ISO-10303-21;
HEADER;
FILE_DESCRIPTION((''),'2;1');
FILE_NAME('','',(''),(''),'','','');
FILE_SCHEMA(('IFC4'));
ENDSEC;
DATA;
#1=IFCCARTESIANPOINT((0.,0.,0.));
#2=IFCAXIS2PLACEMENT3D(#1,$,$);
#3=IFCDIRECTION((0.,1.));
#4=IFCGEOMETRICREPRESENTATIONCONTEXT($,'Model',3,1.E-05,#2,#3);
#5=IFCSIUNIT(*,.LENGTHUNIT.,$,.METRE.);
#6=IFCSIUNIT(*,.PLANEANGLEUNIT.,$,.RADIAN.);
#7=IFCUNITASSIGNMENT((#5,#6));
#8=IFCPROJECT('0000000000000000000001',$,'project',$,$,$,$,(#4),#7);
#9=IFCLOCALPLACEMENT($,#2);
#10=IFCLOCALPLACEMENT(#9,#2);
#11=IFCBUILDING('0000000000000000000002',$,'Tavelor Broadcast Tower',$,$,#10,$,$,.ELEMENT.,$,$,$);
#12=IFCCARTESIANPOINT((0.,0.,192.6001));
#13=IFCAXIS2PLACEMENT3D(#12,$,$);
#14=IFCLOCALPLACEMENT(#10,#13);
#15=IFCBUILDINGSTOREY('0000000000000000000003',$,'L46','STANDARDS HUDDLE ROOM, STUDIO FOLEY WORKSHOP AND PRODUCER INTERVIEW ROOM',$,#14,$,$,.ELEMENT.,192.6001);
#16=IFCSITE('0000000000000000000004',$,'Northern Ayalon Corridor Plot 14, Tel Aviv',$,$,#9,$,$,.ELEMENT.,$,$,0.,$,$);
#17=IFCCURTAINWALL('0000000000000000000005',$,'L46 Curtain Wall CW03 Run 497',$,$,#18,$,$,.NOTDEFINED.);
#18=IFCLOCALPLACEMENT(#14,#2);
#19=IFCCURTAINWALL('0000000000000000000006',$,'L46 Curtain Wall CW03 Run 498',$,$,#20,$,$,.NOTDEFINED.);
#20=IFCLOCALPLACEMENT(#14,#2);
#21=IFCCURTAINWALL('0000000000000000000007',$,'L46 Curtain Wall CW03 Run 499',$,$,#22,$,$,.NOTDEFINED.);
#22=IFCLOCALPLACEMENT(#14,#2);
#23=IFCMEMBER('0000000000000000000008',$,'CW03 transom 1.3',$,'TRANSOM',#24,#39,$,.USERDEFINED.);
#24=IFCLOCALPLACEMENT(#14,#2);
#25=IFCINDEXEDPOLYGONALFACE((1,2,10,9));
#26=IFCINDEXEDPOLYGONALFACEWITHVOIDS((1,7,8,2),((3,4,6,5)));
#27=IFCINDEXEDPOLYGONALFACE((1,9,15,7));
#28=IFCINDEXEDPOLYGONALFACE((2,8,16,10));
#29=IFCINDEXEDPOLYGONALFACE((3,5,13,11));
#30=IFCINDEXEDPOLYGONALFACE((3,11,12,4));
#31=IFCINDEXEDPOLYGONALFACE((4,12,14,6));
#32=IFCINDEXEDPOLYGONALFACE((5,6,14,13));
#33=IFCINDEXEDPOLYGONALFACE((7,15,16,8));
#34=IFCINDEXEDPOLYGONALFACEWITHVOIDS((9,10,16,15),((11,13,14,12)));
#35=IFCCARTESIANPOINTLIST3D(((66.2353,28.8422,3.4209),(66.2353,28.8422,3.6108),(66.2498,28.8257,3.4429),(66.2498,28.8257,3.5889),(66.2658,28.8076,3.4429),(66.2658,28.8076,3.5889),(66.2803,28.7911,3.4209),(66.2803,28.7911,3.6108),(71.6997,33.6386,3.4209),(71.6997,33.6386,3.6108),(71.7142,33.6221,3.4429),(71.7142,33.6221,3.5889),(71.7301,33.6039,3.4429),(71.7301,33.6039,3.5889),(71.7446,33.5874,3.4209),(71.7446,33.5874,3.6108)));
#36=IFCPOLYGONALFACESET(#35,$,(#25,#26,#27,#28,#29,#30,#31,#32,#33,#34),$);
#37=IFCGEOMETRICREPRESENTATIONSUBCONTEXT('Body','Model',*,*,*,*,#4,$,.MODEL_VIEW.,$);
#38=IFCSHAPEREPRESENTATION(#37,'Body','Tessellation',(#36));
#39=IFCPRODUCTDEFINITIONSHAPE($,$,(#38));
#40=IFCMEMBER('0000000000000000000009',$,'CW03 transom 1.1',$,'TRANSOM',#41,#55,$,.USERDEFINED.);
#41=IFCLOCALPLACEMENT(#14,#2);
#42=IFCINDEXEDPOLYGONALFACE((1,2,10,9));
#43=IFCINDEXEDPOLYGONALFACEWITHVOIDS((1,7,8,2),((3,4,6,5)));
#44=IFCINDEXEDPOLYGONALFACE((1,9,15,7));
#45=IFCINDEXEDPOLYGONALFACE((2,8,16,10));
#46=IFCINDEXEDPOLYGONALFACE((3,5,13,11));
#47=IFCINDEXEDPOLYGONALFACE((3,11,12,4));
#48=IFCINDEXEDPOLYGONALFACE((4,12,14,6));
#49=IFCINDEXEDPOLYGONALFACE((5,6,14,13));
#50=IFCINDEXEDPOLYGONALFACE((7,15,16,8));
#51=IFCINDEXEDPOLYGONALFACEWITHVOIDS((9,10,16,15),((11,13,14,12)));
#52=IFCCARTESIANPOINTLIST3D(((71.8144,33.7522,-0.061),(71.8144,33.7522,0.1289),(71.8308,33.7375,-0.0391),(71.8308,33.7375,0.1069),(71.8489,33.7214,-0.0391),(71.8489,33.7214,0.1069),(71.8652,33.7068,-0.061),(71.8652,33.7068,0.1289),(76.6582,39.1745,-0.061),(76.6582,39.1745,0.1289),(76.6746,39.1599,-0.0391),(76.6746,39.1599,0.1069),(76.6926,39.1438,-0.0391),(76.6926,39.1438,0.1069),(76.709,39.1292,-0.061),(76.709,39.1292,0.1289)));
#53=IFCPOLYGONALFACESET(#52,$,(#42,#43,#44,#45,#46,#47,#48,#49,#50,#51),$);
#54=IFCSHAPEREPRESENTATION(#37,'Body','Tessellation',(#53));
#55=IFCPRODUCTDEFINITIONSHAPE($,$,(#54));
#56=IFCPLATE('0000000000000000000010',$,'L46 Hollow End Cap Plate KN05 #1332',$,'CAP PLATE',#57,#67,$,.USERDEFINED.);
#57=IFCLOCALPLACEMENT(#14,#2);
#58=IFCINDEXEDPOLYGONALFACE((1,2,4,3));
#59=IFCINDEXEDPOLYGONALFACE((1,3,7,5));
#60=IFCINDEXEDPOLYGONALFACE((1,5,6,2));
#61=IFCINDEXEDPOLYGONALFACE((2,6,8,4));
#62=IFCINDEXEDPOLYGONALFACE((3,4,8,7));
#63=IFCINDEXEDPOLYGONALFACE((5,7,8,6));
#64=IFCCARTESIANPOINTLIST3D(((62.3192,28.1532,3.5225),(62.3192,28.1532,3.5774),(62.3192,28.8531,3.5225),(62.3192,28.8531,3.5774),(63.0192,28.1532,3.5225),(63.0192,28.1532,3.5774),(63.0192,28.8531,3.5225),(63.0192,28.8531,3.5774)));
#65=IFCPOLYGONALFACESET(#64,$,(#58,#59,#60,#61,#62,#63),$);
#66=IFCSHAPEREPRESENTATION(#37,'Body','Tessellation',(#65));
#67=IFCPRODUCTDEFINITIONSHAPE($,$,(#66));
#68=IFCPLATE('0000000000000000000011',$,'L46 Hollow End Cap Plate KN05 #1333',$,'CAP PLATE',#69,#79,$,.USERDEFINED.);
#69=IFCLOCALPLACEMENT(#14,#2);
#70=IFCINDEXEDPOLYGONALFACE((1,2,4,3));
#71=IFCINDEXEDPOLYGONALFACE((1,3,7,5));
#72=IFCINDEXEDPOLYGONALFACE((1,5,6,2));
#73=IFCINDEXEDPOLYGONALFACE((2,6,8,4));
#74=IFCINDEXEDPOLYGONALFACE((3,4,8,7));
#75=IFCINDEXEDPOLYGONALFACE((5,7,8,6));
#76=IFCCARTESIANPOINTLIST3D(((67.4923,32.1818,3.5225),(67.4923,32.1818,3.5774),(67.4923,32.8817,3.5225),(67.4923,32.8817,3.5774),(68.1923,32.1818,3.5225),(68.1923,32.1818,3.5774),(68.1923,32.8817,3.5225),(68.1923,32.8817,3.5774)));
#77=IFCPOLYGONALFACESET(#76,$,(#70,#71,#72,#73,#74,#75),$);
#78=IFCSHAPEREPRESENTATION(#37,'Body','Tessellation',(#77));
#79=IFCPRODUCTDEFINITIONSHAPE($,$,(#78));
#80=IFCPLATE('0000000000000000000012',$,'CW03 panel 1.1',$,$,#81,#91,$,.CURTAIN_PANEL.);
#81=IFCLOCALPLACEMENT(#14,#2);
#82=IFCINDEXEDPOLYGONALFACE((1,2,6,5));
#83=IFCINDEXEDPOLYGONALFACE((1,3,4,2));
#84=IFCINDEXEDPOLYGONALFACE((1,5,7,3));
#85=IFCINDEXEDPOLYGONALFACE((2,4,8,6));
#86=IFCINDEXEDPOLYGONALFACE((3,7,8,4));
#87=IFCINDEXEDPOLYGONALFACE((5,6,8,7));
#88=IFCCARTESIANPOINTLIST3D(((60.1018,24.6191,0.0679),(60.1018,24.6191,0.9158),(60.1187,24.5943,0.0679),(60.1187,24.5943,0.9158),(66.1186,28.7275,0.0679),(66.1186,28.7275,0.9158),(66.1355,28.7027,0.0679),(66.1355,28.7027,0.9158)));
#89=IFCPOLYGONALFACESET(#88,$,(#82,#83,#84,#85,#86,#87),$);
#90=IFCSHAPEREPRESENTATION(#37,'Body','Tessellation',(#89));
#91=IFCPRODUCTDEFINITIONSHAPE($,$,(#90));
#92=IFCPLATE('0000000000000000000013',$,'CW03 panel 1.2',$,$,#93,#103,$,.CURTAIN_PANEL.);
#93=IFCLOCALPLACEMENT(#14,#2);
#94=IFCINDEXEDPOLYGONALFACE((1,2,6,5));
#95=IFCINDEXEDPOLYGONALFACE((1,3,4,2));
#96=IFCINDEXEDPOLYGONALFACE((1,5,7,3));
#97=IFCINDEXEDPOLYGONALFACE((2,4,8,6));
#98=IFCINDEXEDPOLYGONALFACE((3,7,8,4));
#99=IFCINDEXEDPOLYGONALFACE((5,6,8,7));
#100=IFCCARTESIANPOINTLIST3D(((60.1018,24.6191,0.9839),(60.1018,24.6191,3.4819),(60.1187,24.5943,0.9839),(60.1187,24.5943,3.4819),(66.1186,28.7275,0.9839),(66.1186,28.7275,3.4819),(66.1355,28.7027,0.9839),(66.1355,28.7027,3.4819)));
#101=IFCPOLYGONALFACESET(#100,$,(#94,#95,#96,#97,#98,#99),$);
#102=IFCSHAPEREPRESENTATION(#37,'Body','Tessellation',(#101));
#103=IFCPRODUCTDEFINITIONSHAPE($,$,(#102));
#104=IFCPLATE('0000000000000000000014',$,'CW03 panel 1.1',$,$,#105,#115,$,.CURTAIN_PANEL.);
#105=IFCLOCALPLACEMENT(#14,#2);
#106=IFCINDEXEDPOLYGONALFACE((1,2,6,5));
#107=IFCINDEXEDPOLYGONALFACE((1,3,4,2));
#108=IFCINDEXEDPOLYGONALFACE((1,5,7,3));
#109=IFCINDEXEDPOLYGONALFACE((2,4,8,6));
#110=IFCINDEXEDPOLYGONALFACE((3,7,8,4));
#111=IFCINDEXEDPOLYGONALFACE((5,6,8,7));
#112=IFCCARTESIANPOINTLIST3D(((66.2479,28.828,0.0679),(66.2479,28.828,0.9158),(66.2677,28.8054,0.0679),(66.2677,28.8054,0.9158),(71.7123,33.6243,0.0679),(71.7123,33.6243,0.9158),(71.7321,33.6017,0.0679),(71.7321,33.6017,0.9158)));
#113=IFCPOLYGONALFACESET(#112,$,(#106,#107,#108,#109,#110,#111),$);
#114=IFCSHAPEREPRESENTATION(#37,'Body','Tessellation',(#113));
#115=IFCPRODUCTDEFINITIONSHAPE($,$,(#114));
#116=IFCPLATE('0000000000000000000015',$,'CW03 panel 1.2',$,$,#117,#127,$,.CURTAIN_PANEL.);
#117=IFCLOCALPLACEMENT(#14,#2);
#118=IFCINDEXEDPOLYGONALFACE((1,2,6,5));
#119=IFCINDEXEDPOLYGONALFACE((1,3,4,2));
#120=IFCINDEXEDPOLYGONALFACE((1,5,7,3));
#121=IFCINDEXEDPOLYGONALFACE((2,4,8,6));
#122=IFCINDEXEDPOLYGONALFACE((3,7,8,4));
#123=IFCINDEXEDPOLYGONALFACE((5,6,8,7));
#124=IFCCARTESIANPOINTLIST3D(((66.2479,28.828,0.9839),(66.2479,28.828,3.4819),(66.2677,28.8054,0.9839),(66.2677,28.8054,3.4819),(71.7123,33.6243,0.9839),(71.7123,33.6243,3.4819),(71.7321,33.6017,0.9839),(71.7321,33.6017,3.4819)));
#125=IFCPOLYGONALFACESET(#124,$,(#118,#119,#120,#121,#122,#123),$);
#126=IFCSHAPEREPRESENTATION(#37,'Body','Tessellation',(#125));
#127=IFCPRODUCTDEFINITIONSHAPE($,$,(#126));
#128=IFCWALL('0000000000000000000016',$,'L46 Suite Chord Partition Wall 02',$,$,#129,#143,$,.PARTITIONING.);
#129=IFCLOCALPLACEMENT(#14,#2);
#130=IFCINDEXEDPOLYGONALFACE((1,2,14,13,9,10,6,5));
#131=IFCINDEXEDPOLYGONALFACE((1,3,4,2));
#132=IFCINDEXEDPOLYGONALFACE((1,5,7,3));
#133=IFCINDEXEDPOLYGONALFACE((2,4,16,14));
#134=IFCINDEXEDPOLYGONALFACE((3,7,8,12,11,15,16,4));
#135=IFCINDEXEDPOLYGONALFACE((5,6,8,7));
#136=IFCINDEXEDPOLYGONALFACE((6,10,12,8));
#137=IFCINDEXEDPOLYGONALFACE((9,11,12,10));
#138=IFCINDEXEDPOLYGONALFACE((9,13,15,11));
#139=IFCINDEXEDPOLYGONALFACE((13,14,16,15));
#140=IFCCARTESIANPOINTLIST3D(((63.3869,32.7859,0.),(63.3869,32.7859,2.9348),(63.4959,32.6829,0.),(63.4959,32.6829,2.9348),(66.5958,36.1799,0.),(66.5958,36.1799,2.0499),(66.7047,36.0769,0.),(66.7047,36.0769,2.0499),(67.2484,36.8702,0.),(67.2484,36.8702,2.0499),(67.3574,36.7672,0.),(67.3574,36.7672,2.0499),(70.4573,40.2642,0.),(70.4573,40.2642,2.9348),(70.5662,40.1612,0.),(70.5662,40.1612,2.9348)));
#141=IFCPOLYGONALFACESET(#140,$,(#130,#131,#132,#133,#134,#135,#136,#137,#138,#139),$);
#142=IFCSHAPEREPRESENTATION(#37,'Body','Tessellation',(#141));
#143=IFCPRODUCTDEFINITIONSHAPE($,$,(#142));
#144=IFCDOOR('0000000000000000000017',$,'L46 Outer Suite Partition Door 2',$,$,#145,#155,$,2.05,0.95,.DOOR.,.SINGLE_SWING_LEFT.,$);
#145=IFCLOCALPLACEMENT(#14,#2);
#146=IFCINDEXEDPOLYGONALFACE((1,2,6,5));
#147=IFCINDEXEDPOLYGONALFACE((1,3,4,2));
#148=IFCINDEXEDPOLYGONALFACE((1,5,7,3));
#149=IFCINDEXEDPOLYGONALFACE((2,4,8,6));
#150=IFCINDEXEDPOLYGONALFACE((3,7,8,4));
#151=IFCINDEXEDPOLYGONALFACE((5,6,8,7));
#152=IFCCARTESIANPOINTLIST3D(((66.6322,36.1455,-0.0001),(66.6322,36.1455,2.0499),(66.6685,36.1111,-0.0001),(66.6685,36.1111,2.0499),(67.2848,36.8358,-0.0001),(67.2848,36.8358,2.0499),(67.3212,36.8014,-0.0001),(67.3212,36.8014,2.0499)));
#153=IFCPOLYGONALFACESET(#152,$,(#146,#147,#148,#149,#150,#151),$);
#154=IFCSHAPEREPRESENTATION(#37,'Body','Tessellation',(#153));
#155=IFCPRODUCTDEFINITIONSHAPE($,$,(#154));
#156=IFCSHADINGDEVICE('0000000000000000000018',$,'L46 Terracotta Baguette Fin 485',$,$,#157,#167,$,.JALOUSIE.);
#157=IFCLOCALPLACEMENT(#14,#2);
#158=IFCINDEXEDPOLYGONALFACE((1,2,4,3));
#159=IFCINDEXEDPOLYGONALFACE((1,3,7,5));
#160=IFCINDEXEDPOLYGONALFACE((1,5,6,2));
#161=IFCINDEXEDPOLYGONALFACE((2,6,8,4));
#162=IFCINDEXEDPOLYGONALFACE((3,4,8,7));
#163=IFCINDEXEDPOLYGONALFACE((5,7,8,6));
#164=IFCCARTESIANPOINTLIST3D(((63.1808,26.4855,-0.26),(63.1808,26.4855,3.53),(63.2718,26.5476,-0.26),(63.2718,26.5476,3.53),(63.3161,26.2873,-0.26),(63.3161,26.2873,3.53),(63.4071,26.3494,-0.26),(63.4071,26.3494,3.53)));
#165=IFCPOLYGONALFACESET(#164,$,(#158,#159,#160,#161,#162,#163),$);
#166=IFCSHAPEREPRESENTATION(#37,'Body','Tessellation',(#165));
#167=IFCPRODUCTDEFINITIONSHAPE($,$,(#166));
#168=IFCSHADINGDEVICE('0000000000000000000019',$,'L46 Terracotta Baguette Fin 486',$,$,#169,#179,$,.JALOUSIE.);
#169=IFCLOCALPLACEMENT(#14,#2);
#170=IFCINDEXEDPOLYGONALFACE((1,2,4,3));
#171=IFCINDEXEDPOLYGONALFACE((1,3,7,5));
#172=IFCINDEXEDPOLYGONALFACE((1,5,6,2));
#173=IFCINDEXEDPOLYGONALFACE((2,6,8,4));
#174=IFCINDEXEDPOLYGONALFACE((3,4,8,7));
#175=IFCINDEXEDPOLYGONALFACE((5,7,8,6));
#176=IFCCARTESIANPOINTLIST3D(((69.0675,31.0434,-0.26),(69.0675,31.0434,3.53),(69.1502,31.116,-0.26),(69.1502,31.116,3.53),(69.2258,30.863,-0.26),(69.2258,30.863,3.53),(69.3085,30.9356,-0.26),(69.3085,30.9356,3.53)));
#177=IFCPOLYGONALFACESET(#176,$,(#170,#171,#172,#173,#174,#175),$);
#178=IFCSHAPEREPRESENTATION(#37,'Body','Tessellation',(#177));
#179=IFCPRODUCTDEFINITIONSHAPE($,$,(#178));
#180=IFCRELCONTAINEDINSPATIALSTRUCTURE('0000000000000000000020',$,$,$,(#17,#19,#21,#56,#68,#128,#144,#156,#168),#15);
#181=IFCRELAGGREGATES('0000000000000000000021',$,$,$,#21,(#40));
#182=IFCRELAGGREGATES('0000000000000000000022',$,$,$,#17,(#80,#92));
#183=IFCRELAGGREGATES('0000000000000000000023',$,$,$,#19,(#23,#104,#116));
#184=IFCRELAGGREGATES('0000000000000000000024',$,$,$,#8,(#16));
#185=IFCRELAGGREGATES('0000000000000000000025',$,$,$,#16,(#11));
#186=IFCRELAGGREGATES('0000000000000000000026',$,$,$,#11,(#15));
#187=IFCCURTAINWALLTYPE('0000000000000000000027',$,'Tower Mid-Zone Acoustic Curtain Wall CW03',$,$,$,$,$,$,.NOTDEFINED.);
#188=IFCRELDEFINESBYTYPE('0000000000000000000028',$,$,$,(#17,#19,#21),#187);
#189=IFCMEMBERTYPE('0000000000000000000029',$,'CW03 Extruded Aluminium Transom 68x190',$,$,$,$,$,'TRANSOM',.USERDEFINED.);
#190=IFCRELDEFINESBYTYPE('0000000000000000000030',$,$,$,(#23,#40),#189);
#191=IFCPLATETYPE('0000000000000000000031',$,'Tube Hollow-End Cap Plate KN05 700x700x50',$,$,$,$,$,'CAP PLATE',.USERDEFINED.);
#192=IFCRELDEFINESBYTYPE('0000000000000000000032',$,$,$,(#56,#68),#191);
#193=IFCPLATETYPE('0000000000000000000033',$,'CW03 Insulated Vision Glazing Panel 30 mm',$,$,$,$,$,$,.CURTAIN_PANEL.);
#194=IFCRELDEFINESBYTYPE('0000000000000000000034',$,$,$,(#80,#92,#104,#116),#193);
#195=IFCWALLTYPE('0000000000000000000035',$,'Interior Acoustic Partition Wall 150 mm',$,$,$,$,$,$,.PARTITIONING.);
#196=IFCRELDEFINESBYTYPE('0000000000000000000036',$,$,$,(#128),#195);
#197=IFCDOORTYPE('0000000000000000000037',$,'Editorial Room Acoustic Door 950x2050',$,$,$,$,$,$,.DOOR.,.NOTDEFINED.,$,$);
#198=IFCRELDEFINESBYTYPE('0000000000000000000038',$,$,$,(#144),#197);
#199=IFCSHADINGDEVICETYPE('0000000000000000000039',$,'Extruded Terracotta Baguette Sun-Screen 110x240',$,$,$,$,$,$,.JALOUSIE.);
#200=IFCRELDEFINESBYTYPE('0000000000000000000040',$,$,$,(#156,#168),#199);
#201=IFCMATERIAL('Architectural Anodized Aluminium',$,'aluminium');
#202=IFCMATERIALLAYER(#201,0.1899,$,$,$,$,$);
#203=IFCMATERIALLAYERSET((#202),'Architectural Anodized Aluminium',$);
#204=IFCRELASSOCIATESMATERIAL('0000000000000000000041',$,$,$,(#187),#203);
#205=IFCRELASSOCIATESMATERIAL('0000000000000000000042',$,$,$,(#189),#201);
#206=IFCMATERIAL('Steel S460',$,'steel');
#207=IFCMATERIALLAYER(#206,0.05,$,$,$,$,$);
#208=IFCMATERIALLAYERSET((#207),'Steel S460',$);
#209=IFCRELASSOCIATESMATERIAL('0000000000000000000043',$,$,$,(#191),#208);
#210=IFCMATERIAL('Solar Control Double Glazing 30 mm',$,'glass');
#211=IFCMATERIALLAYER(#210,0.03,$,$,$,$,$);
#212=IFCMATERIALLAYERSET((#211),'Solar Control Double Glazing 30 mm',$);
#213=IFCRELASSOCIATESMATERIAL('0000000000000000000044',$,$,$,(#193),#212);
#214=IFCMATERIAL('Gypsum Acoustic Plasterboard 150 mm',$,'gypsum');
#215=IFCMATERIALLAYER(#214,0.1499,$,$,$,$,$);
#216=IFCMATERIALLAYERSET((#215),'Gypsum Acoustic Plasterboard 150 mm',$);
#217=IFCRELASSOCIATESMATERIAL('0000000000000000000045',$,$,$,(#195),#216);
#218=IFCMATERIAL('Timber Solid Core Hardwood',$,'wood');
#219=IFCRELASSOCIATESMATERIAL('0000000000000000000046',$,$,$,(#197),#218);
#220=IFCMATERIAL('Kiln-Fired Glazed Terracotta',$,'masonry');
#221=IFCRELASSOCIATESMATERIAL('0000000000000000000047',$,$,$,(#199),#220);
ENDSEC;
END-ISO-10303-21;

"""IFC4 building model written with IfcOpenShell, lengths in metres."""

from ifc_helpers import new_model, si_unit, direction, frame, frame_2d, origin, origin_2d, place, context, subcontext, project, spatial, rectangle, hollow_rectangle, extrude, source, transform, mapped, material, layer, layer_set, material_profile, profile_set, type_object, type_shapes, element, fill, aggregate, save


model = new_model("IFC4")

# Units and contexts
model_context = context("Model", 3, precision=1e-05, world=origin(), true_north=direction((0.0, 1.0)))
body_context = subcontext(model_context, "Body", "Model", "MODEL_VIEW")
ifc_project = project(units=[si_unit("LENGTHUNIT", "METRE"), si_unit("PLANEANGLEUNIT", "RADIAN")], contexts=[model_context])

# Site, building, storey
site_placement = place(None, origin())
site = spatial("IfcSite", under=ifc_project, at=site_placement, Name="Northern Ayalon Corridor Plot 14, Tel Aviv", CompositionType="ELEMENT", RefElevation=0.0)
building_placement = place(site_placement, origin())
building = spatial("IfcBuilding", under=site, at=building_placement, Name="Tavelor Broadcast Tower", CompositionType="ELEMENT")
storey_placement = place(building_placement, frame((0.0, 0.0, 192.6001)))
storey = spatial("IfcBuildingStorey", under=building, at=storey_placement, Name="L46", Description="STANDARDS HUDDLE ROOM, STUDIO FOLEY WORKSHOP AND PRODUCER INTERVIEW ROOM", CompositionType="ELEMENT", Elevation=192.6001)

# Shared definitions
ifc_material_1 = material(Name="Steel S460", Category="steel")

# Curtain wall
ifc_material_2 = material(Name="Architectural Anodized Aluminium", Category="aluminium")
ifc_layer_1 = layer(ifc_material_2, 0.1899)
ifc_layer_set_1 = layer_set([ifc_layer_1], Name="Architectural Anodized Aluminium")
curtain_wall_type = type_object("IfcCurtainWallType", Name="Tower Mid-Zone Acoustic Curtain Wall CW03", PredefinedType="NOTDEFINED", material=ifc_layer_set_1)
curtain_wall_1_placement = place(storey_placement, origin())
curtain_wall_1 = element("IfcCurtainWall", 1, at=curtain_wall_1_placement, inside=storey, type_object=curtain_wall_type, Name="L46 Curtain Wall CW03 Run 497", PredefinedType="NOTDEFINED")

# Curtain wall
curtain_wall_2_placement = place(storey_placement, origin())
curtain_wall_2 = element("IfcCurtainWall", 2, at=curtain_wall_2_placement, inside=storey, type_object=curtain_wall_type, Name="L46 Curtain Wall CW03 Run 498", PredefinedType="NOTDEFINED")

# Curtain wall
curtain_wall_3_placement = place(storey_placement, origin())
curtain_wall_3 = element("IfcCurtainWall", 3, at=curtain_wall_3_placement, inside=storey, type_object=curtain_wall_type, Name="L46 Curtain Wall CW03 Run 499", PredefinedType="NOTDEFINED")

# Members
ifc_material_profile_1 = material_profile(ifc_material_2, hollow_rectangle(XDim=0.0681, YDim=0.1899, WallThickness=0.022, at=origin_2d()), Name="RHS 68x190x22")
ifc_profile_set_1 = profile_set([ifc_material_profile_1], Name="Architectural Anodized Aluminium")
member_type_1 = type_object("IfcMemberType", Name="CW03 Extruded Aluminium Transom 68x190", ElementType="TRANSOM", PredefinedType="USERDEFINED", material=ifc_profile_set_1)
shared_shape_1 = source(origin(), body_context, "Body", "SweptSolid", [
    extrude(hollow_rectangle(XDim=0.0681, YDim=0.1899, WallThickness=0.022, at=origin_2d()), origin(), (0.0, 0.0, 1.0), 7.2708),
])
type_shapes(member_type_1, [shared_shape_1])
member_1_placement = place(storey_placement, frame((66.2578, 28.8167, 3.5159), z_axis=(0.751548, 0.659678, 0.0), x_axis=(-0.659678, 0.751548, 0.0)))
member_1 = element("IfcMember", 4, at=member_1_placement, type_object=member_type_1, Name="CW03 transom 1.3", ObjectType="TRANSOM", PredefinedType="USERDEFINED", context=body_context, shape_type="MappedRepresentation", body=[
    mapped(shared_shape_1, transform((0.0, 0.0, 0.0), scale=1.0)),
])
member_2_placement = place(storey_placement, frame((71.8398, 33.7295, 0.0339), z_axis=(0.666196, 0.745777, 0.0), x_axis=(-0.745777, 0.666196, 0.0)))
member_2 = element("IfcMember", 5, at=member_2_placement, type_object=member_type_1, Name="CW03 transom 1.1", ObjectType="TRANSOM", PredefinedType="USERDEFINED", context=body_context, shape_type="MappedRepresentation", body=[
    mapped(shared_shape_1, transform((0.0, 0.0, 0.0), scale=1.0)),
])
aggregate(curtain_wall_3, [member_2])

# Plates
ifc_layer_2 = layer(ifc_material_1, 0.05)
ifc_layer_set_2 = layer_set([ifc_layer_2], Name="Steel S460")
plate_type_1 = type_object("IfcPlateType", Name="Tube Hollow-End Cap Plate KN05 700x700x50", ElementType="CAP PLATE", PredefinedType="USERDEFINED", material=ifc_layer_set_2)
shared_shape_2 = source(origin(), body_context, "Body", "SweptSolid", [
    extrude(rectangle(XDim=0.7, YDim=0.7, at=origin_2d()), origin(), (0.0, 0.0, 1.0), 0.0549),
])
type_shapes(plate_type_1, [shared_shape_2])
for number, where, z_axis, x_axis, name in (
    (6, (62.6692, 28.5032, 3.5225), (0.0, 0.0, 1.0), (1.0, 0.0, 0.0), "L46 Hollow End Cap Plate KN05 #1332"),
    (7, (67.8423, 32.5317, 3.5225), (0.0, 0.0, 1.0), (1.0, 0.0, 0.0), "L46 Hollow End Cap Plate KN05 #1333"),
):
    element("IfcPlate", number, at=place(storey_placement, frame(where, z_axis=z_axis, x_axis=x_axis)), inside=storey, type_object=plate_type_1, Name=name, ObjectType="CAP PLATE", PredefinedType="USERDEFINED", context=body_context, shape_type="MappedRepresentation", body=[
        mapped(shared_shape_2, transform((0.0, 0.0, 0.0), scale=1.0)),
    ])

# Plates
ifc_material_3 = material(Name="Solar Control Double Glazing 30 mm", Category="glass")
ifc_layer_3 = layer(ifc_material_3, 0.03)
ifc_layer_set_3 = layer_set([ifc_layer_3], Name="Solar Control Double Glazing 30 mm")
plate_type_2 = type_object("IfcPlateType", Name="CW03 Insulated Vision Glazing Panel 30 mm", PredefinedType="CURTAIN_PANEL", material=ifc_layer_set_3)
shared_shape_3 = source(origin(), body_context, "Body", "SweptSolid", [
    extrude(rectangle(XDim=7.2856, YDim=0.03, at=origin_2d()), origin(), (0.0, 0.0, 1.0), 0.8479),
])
plate_1_placement = place(storey_placement, frame((63.1187, 26.6609, 0.0679), z_axis=(0.0, 0.0, 1.0), x_axis=(0.825847, 0.563895, 0.0)))
plate_1 = element("IfcPlate", 8, at=plate_1_placement, type_object=plate_type_2, Name="CW03 panel 1.1", PredefinedType="CURTAIN_PANEL", context=body_context, shape_type="MappedRepresentation", body=[
    mapped(shared_shape_3, transform((0.0, 0.0, 0.0), scale=1.0)),
])
shared_shape_4 = source(origin(), body_context, "Body", "SweptSolid", [
    extrude(rectangle(XDim=7.2856, YDim=0.03, at=origin_2d()), origin(), (0.0, 0.0, 1.0), 2.498),
])
plate_2_placement = place(storey_placement, frame((63.1187, 26.6609, 0.9839), z_axis=(0.0, 0.0, 1.0), x_axis=(0.825847, 0.563895, 0.0)))
plate_2 = element("IfcPlate", 9, at=plate_2_placement, type_object=plate_type_2, Name="CW03 panel 1.2", PredefinedType="CURTAIN_PANEL", context=body_context, shape_type="MappedRepresentation", body=[
    mapped(shared_shape_4, transform((0.0, 0.0, 0.0), scale=1.0)),
])
aggregate(curtain_wall_1, [plate_1, plate_2])
shared_shape_5 = source(origin(), body_context, "Body", "SweptSolid", [
    extrude(rectangle(XDim=7.2708, YDim=0.03, at=origin_2d()), origin(), (0.0, 0.0, 1.0), 0.8479),
])
plate_3_placement = place(storey_placement, frame((68.99, 31.2148, 0.0679), z_axis=(0.0, 0.0, 1.0), x_axis=(0.751551, 0.659675, 0.0)))
plate_3 = element("IfcPlate", 10, at=plate_3_placement, type_object=plate_type_2, Name="CW03 panel 1.1", PredefinedType="CURTAIN_PANEL", context=body_context, shape_type="MappedRepresentation", body=[
    mapped(shared_shape_5, transform((0.0, 0.0, 0.0), scale=1.0)),
])
shared_shape_6 = source(origin(), body_context, "Body", "SweptSolid", [
    extrude(rectangle(XDim=7.2708, YDim=0.03, at=origin_2d()), origin(), (0.0, 0.0, 1.0), 2.498),
])
type_shapes(plate_type_2, [shared_shape_3, shared_shape_4, shared_shape_5, shared_shape_6])
plate_4_placement = place(storey_placement, frame((68.99, 31.2148, 0.9839), z_axis=(0.0, 0.0, 1.0), x_axis=(0.751551, 0.659675, 0.0)))
plate_4 = element("IfcPlate", 11, at=plate_4_placement, type_object=plate_type_2, Name="CW03 panel 1.2", PredefinedType="CURTAIN_PANEL", context=body_context, shape_type="MappedRepresentation", body=[
    mapped(shared_shape_6, transform((0.0, 0.0, 0.0), scale=1.0)),
])
aggregate(curtain_wall_2, [member_1, plate_3, plate_4])

# Wall, opening, door
ifc_material_4 = material(Name="Gypsum Acoustic Plasterboard 150 mm", Category="gypsum")
ifc_layer_4 = layer(ifc_material_4, 0.1499)
ifc_layer_set_4 = layer_set([ifc_layer_4], Name="Gypsum Acoustic Plasterboard 150 mm")
wall_type = type_object("IfcWallType", Name="Interior Acoustic Partition Wall 150 mm", PredefinedType="PARTITIONING", material=ifc_layer_set_4)
wall_placement = place(storey_placement, frame((63.4414, 32.7344, 0.0), z_axis=(0.0, 0.0, 1.0), x_axis=(0.687009, 0.726649, 0.0)))
wall = element("IfcWall", 12, at=wall_placement, inside=storey, type_object=wall_type, Name="L46 Suite Chord Partition Wall 02", PredefinedType="PARTITIONING", context=body_context, shape_type="SweptSolid", body=[
    extrude(rectangle(XDim=10.2915, YDim=0.1499, at=frame_2d((5.1458, 0.0))), origin(), (0.0, 0.0, 1.0), 2.9348),
])
opening_placement = place(wall_placement, frame((4.6707, 0.0, 0.0)))
opening = element("IfcOpeningElement", 13, at=opening_placement, cuts=wall, PredefinedType="OPENING", context=body_context, shape_type="SweptSolid", body=[
    extrude(rectangle(XDim=0.95, YDim=2.05, at=frame_2d((0.4751, 1.0249))), frame((0.0, 0.085, 0.0), z_axis=(0.0, -1.0, 0.0), x_axis=(1.0, 0.0, 0.0)), (0.0, 0.0, 1.0), 0.1699),
])
ifc_material_5 = material(Name="Timber Solid Core Hardwood", Category="wood")
door_type = type_object("IfcDoorType", Name="Editorial Room Acoustic Door 950x2050", OperationType="NOTDEFINED", PredefinedType="DOOR", material=ifc_material_5)
door_placement = place(opening_placement, origin())
door = element("IfcDoor", 14, at=door_placement, inside=storey, type_object=door_type, Name="L46 Outer Suite Partition Door 2", OperationType="SINGLE_SWING_LEFT", OverallHeight=2.05, OverallWidth=0.95, PredefinedType="DOOR", context=body_context, shape_type="SweptSolid", body=[
    extrude(rectangle(XDim=0.95, YDim=2.05, at=frame_2d((0.4751, 1.0249))), frame((0.0, 0.0249, 0.0), z_axis=(0.0, -1.0, 0.0), x_axis=(1.0, 0.0, 0.0)), (0.0, 0.0, 1.0), 0.05),
])
fill(opening, door)

# Shading devices
ifc_material_6 = material(Name="Kiln-Fired Glazed Terracotta", Category="masonry")
shading_device_type = type_object("IfcShadingDeviceType", Name="Extruded Terracotta Baguette Sun-Screen 110x240", PredefinedType="JALOUSIE", material=ifc_material_6)
shared_shape_7 = source(origin(), body_context, "Body", "SweptSolid", [
    extrude(rectangle(XDim=0.1101, YDim=0.24, at=origin_2d()), origin(), (0.0, 0.0, 1.0), 3.79),
])
type_shapes(shading_device_type, [shared_shape_7])
for number, where, z_axis, x_axis, name in (
    (15, (63.2939, 26.4175, -0.26), (0.0, 0.0, 1.0), (0.825902, 0.563814, 0.0), "L46 Terracotta Baguette Fin 485"),
    (16, (69.188, 30.9895, -0.26), (0.0, 0.0, 1.0), (0.751494, 0.659739, 0.0), "L46 Terracotta Baguette Fin 486"),
):
    element("IfcShadingDevice", number, at=place(storey_placement, frame(where, z_axis=z_axis, x_axis=x_axis)), inside=storey, type_object=shading_device_type, Name=name, PredefinedType="JALOUSIE", context=body_context, shape_type="MappedRepresentation", body=[
        mapped(shared_shape_7, transform((0.0, 0.0, 0.0), scale=1.0)),
    ])

save(model, "model.ifc")
